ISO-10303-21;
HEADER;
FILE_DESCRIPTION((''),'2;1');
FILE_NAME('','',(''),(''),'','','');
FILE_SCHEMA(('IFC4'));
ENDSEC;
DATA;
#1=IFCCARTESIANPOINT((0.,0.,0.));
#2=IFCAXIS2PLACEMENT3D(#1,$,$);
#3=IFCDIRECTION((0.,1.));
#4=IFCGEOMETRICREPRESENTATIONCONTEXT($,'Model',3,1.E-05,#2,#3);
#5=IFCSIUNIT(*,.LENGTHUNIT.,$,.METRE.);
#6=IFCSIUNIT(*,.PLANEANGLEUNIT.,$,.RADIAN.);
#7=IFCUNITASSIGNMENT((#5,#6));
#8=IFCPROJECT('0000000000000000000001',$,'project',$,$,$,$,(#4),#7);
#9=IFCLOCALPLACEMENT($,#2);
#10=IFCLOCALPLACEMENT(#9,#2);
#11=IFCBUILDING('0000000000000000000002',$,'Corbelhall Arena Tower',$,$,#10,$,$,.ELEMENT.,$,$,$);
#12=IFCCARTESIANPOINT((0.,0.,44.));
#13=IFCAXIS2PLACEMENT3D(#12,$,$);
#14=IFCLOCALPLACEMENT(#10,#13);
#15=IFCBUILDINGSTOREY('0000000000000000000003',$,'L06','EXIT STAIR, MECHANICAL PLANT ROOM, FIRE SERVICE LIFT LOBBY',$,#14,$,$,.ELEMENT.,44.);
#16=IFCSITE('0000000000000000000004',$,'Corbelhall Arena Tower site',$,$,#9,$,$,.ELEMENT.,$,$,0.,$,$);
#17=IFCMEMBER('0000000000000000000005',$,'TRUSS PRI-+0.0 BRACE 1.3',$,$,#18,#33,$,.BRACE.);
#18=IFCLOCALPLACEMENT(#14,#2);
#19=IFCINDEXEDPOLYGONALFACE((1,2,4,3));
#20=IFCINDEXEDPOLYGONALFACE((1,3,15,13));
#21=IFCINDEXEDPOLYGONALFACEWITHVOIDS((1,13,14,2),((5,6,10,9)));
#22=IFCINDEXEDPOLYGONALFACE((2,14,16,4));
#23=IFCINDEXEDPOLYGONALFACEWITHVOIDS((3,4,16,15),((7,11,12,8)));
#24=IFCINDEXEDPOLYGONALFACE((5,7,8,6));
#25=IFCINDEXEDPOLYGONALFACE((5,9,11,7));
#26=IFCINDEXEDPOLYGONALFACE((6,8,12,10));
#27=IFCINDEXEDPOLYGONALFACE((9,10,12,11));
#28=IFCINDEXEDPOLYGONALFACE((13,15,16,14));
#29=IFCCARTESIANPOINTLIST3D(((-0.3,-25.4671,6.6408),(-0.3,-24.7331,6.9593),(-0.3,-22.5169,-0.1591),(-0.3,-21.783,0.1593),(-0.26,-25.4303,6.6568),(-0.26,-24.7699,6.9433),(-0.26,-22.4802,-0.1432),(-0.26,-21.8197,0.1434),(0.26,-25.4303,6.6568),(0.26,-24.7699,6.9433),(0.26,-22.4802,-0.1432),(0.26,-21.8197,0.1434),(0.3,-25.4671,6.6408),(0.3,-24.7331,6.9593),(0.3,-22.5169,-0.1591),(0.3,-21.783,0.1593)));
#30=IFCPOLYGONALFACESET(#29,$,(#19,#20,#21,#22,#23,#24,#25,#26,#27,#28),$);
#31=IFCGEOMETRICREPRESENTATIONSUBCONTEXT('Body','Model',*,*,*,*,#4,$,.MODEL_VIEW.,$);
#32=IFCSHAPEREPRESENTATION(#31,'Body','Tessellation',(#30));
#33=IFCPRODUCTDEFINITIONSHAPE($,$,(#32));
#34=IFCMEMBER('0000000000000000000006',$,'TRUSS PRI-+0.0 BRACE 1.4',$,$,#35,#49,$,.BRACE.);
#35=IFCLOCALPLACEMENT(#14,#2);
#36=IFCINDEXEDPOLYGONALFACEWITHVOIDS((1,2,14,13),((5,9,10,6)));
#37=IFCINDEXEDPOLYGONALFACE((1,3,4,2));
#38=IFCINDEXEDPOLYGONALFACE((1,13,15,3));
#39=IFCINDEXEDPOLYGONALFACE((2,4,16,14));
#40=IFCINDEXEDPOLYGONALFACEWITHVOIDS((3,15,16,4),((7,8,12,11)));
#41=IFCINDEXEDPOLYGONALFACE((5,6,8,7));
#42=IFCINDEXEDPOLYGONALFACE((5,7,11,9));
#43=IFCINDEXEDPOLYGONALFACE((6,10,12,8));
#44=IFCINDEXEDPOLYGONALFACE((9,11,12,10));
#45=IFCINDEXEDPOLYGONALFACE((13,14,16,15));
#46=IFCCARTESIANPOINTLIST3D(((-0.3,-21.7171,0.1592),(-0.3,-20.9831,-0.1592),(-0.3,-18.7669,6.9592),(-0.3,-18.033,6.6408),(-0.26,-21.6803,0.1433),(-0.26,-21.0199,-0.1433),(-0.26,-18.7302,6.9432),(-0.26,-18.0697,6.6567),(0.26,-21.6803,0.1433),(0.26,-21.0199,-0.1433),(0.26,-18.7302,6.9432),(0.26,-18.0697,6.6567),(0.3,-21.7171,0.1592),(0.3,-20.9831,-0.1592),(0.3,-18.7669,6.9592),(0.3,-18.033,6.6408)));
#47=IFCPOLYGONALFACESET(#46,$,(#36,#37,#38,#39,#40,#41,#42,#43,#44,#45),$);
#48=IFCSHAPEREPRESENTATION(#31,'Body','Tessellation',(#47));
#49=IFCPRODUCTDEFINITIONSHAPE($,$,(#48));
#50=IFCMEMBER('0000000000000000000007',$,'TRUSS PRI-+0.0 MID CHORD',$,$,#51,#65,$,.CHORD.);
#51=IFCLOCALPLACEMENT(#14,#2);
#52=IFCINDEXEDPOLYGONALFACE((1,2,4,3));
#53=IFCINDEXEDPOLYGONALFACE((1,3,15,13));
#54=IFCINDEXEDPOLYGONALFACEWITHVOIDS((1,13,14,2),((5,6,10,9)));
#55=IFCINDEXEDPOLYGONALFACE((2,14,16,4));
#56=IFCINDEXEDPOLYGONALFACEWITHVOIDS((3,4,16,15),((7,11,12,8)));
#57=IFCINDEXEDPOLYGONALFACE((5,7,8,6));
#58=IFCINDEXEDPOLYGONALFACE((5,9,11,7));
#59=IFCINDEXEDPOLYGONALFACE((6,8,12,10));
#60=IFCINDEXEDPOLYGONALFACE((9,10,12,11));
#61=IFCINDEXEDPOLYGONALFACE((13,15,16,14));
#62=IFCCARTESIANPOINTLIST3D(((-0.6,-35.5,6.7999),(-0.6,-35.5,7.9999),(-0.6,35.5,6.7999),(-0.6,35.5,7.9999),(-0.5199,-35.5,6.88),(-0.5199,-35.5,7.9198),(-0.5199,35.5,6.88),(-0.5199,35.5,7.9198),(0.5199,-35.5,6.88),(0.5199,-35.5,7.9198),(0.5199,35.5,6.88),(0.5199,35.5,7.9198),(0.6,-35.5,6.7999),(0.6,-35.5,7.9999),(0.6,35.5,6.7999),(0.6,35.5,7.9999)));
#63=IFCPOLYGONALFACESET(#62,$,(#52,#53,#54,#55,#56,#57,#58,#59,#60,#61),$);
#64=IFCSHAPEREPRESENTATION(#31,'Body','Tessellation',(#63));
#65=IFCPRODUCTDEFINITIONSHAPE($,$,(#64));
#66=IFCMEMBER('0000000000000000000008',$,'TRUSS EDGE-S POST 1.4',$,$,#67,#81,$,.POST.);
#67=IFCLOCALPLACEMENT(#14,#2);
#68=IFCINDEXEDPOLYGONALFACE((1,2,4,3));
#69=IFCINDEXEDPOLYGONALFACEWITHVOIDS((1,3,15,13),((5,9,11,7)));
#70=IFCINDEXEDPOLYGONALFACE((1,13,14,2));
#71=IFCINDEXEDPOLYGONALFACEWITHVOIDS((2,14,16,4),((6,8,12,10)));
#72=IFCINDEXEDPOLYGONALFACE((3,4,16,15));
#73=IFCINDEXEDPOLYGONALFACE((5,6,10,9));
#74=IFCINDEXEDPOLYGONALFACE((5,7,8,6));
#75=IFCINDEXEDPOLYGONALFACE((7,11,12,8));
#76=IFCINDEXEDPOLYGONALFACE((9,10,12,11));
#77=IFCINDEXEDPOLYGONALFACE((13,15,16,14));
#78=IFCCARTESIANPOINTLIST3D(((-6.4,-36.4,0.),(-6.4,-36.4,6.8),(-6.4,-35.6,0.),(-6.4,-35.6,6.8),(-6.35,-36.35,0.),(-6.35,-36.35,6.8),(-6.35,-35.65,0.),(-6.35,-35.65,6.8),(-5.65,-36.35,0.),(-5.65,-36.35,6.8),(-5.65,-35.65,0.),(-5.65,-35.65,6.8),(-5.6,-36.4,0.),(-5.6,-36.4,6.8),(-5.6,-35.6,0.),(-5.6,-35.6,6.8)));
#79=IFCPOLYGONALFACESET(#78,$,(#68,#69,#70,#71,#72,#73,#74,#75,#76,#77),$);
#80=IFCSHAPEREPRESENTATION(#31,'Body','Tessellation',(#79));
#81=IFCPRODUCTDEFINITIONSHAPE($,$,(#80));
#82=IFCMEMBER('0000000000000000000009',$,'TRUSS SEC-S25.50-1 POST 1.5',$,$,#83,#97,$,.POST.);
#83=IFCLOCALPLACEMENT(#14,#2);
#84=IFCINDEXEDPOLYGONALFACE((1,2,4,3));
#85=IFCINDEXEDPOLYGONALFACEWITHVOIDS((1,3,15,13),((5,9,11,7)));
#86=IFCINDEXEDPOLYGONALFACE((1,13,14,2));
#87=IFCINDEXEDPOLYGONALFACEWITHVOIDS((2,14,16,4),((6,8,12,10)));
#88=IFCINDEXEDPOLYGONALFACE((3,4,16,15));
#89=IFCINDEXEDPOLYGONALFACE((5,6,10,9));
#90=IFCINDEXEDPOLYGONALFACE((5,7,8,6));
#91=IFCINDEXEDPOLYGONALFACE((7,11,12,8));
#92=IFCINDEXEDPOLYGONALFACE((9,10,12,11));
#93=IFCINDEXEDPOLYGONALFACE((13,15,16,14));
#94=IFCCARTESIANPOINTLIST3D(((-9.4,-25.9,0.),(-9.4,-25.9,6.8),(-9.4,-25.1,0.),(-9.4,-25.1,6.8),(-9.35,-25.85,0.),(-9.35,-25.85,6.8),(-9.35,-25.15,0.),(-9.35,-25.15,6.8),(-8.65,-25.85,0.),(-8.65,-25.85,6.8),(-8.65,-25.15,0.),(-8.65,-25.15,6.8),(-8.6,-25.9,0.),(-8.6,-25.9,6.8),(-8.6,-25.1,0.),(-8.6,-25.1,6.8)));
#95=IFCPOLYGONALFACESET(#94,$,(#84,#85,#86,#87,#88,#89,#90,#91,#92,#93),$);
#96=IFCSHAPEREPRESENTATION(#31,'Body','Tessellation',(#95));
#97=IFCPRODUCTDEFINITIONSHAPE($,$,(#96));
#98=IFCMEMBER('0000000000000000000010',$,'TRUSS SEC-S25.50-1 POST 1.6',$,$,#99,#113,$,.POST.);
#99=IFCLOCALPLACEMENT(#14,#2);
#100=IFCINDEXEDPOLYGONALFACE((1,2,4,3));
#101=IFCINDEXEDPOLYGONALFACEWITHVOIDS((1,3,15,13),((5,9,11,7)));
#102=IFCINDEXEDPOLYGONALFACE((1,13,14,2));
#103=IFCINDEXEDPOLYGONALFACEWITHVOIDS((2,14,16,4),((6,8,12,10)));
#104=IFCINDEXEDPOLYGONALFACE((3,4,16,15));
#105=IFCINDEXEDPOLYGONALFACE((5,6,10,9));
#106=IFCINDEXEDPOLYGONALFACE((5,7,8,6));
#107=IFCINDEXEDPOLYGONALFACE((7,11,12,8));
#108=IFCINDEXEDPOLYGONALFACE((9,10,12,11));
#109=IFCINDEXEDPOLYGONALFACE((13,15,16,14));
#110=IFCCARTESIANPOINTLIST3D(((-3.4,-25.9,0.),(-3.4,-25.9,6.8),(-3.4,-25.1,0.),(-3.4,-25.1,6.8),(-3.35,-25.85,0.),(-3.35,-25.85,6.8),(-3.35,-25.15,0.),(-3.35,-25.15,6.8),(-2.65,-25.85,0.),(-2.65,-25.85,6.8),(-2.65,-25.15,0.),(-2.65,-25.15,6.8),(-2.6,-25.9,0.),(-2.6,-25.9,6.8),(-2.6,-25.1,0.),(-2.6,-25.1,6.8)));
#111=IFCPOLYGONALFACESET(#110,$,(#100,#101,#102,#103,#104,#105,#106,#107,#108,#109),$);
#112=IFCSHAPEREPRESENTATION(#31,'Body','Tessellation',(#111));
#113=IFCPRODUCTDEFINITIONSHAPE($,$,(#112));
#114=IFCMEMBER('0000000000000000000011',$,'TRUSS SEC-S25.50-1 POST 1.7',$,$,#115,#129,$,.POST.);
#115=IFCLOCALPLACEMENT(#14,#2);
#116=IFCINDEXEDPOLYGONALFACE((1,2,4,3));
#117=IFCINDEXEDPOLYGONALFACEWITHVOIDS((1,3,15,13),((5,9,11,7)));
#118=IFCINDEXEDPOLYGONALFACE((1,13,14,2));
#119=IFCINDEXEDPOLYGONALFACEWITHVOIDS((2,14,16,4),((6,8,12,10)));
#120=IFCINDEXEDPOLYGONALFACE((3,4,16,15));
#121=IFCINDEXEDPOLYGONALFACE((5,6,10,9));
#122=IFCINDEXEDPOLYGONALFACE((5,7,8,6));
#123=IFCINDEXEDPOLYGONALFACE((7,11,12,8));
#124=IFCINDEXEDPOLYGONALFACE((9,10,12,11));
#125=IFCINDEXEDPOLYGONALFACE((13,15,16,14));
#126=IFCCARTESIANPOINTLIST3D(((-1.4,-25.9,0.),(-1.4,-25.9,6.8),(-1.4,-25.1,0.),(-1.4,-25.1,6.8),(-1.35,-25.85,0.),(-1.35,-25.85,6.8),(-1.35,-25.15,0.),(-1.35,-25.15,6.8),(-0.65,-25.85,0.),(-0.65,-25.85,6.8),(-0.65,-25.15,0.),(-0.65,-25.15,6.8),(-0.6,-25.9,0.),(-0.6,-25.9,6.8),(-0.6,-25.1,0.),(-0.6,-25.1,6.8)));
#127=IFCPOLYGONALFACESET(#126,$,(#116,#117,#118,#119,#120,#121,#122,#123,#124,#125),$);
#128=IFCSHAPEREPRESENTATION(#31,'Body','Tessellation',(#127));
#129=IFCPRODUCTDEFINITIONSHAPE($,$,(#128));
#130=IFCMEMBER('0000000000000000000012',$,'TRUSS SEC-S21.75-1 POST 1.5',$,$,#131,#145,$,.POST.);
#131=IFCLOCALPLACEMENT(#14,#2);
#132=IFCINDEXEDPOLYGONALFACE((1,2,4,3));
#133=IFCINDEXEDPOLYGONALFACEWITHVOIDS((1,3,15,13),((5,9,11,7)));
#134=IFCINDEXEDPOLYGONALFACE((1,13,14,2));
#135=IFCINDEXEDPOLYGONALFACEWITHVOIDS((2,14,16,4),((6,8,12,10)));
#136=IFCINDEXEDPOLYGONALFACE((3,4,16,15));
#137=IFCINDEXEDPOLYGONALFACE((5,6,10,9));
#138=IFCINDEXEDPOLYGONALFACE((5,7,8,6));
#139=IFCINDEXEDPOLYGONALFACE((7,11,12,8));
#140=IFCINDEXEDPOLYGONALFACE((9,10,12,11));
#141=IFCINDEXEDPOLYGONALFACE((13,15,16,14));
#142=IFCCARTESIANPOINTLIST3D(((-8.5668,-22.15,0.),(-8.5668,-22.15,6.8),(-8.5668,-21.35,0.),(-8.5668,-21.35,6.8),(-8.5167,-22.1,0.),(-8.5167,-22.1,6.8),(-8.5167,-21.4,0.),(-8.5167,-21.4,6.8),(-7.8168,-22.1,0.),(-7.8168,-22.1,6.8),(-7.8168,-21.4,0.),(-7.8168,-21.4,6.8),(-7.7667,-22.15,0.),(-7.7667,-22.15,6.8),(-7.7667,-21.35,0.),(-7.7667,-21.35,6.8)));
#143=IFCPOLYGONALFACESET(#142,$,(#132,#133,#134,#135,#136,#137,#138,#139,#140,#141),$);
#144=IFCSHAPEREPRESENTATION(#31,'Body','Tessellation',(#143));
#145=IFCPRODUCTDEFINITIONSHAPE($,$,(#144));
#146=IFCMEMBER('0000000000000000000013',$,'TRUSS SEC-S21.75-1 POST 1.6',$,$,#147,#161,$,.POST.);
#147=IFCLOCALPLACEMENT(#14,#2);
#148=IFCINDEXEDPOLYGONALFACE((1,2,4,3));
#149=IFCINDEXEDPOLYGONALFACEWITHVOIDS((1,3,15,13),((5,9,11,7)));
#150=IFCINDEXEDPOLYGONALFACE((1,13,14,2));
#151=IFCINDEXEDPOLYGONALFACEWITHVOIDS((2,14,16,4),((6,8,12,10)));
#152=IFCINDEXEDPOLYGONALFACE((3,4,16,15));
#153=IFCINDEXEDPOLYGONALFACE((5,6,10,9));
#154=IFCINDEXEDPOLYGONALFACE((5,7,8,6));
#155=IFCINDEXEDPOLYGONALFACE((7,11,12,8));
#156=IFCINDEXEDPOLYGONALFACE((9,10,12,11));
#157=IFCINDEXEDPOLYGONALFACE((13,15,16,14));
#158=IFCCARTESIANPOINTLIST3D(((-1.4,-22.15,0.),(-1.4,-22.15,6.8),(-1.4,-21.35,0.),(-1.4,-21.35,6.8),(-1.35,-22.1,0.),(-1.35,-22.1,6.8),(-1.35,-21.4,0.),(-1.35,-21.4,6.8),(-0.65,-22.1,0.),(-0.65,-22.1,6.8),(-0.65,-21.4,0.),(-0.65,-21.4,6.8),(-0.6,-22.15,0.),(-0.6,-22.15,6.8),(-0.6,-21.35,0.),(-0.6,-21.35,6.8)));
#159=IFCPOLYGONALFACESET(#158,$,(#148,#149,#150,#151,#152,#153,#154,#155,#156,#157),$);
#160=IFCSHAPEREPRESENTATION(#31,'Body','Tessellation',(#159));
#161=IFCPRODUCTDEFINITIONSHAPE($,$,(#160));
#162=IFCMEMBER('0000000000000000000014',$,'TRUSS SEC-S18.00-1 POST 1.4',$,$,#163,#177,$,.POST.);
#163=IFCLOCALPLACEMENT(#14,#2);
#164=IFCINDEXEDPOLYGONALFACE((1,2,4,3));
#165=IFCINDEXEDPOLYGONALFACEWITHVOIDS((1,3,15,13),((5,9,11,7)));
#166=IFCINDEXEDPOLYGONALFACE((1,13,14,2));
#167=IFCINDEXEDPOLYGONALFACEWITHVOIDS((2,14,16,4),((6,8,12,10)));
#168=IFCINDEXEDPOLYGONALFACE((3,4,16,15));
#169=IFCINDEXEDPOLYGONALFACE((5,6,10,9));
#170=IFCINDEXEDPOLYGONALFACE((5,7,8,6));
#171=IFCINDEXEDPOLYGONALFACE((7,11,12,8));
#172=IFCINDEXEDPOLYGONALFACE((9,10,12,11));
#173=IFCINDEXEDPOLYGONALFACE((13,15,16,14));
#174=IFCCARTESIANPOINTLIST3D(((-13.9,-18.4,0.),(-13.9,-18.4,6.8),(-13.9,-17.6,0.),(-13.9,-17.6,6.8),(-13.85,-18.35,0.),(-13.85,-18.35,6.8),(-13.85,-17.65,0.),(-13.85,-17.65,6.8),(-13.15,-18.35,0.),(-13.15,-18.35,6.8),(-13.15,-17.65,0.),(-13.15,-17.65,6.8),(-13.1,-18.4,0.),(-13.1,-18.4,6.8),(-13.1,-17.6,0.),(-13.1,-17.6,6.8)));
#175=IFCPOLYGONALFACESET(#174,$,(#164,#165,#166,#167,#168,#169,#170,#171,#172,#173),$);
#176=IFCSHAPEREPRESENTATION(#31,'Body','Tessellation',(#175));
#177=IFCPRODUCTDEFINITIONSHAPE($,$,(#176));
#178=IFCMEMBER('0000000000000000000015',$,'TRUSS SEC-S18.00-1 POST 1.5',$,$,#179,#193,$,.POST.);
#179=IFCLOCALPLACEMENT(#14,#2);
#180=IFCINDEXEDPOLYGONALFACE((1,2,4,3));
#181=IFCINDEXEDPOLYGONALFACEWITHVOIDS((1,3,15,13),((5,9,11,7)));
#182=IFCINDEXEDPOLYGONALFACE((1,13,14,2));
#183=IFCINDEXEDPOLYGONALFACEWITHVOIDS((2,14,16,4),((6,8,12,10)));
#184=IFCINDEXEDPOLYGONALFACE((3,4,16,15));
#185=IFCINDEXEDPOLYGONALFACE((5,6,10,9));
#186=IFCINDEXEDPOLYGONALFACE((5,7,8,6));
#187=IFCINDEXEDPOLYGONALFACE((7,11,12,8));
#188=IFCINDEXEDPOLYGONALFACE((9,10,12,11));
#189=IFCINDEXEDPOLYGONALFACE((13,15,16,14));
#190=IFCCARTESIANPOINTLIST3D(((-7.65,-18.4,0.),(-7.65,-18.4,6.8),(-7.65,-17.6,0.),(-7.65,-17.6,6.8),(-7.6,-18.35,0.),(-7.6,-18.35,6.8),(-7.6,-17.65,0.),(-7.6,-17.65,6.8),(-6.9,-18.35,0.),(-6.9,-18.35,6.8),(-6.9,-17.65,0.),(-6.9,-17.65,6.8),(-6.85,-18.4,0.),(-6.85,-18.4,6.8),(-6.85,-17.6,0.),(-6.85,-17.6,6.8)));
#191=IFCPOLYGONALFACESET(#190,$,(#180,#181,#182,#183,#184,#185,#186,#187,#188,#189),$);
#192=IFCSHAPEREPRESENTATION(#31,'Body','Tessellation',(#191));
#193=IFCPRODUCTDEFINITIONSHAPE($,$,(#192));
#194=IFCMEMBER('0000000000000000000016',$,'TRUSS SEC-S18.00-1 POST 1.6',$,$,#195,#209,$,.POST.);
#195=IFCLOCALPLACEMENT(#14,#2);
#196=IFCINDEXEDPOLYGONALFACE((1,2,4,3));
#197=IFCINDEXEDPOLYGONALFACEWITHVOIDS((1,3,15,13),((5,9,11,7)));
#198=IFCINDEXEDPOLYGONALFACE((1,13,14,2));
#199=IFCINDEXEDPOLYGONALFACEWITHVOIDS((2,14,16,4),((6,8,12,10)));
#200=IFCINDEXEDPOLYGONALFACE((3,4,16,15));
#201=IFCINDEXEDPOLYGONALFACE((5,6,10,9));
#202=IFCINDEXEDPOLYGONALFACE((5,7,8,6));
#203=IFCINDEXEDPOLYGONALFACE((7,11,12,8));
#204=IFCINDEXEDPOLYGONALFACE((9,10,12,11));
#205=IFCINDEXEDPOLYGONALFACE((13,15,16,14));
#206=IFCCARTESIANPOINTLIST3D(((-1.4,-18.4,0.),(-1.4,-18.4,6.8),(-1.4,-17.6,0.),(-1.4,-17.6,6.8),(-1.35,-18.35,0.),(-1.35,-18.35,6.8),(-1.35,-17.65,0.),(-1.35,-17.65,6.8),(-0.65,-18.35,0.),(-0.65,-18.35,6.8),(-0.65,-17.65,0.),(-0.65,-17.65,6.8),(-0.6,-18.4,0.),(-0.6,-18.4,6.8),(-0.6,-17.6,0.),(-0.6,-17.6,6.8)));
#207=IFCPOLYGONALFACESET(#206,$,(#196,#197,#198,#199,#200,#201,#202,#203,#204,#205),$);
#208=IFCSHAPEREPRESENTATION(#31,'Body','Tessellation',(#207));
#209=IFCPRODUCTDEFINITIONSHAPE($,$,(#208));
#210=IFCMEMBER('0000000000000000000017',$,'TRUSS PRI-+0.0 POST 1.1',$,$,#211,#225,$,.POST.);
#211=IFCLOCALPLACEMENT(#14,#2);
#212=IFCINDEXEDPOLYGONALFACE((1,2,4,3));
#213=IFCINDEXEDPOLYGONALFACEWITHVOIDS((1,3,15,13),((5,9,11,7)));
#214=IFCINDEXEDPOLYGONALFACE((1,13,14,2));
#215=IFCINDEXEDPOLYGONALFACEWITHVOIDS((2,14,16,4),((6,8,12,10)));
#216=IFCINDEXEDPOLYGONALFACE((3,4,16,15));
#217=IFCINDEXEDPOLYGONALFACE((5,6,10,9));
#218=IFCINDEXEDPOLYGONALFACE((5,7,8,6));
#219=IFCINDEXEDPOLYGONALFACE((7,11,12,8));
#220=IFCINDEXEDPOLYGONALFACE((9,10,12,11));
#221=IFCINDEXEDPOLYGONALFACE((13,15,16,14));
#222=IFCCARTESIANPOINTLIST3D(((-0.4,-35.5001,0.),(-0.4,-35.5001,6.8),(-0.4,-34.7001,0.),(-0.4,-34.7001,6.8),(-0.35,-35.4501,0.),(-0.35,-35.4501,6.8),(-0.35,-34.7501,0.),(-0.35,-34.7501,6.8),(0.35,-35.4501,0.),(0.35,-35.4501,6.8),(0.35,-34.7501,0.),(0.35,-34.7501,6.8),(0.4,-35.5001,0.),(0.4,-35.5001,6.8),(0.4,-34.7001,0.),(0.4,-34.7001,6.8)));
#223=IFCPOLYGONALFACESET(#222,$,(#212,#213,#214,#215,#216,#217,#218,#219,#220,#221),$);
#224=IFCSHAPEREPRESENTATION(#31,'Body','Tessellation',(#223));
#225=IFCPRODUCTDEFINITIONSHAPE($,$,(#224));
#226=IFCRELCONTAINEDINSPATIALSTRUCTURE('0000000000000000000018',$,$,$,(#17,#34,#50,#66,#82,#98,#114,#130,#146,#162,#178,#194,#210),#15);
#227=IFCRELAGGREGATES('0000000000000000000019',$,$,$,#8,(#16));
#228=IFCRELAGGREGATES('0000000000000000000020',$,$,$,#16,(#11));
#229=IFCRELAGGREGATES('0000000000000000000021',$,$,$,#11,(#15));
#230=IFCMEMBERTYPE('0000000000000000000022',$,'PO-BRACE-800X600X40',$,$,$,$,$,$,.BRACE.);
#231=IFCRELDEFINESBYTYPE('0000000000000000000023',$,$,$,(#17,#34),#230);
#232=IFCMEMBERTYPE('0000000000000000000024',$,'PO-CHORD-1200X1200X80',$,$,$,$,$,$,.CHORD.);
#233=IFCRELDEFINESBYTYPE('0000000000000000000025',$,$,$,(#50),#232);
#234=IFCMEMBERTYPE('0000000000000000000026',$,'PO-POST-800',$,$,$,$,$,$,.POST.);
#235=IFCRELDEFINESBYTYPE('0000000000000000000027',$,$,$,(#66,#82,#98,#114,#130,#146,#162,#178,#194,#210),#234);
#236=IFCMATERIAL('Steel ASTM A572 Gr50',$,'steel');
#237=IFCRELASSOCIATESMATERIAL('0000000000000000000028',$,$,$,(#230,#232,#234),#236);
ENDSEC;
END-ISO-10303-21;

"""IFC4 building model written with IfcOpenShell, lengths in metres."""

from ifc_helpers import new_model, si_unit, direction, frame, origin, origin_2d, place, context, subcontext, project, spatial, hollow_rectangle, extrude, material, material_profile, profile_set, type_object, element, save


model = new_model("IFC4")

# Units and contexts
model_context = context("Model", 3, precision=1e-05, world=origin(), true_north=direction((0.0, 1.0)))
body_context = subcontext(model_context, "Body", "Model", "MODEL_VIEW")
ifc_project = project(units=[si_unit("LENGTHUNIT", "METRE"), si_unit("PLANEANGLEUNIT", "RADIAN")], contexts=[model_context])

# Site, building, storey
site_placement = place(None, origin())
site = spatial("IfcSite", under=ifc_project, at=site_placement, Name="Corbelhall Arena Tower site", CompositionType="ELEMENT", RefElevation=0.0)
building_placement = place(site_placement, origin())
building = spatial("IfcBuilding", under=site, at=building_placement, Name="Corbelhall Arena Tower", CompositionType="ELEMENT")
storey_placement = place(building_placement, frame((0.0, 0.0, 44.0)))
storey = spatial("IfcBuildingStorey", under=building, at=storey_placement, Name="L06", Description="EXIT STAIR, MECHANICAL PLANT ROOM, FIRE SERVICE LIFT LOBBY", CompositionType="ELEMENT", Elevation=44.0)

# Members
ifc_material_1 = material(Name="Steel ASTM A572 Gr50", Category="steel")
ifc_material_profile_1 = material_profile(ifc_material_1, hollow_rectangle(XDim=0.6001, YDim=0.8, WallThickness=0.04, at=origin_2d()))
ifc_profile_set_1 = profile_set([ifc_material_profile_1], Name="Steel ASTM A572 Gr50")
member_type_1 = type_object("IfcMemberType", Name="PO-BRACE-800X600X40", PredefinedType="BRACE", material=ifc_profile_set_1)
for number, where, z_axis, x_axis, name in (
    (1, (0.0, -25.1001, 6.8), (0.0, 0.398006, -0.917383), (-1.0, 0.0, 0.0), "TRUSS PRI-+0.0 BRACE 1.3"),
    (2, (0.0, -21.3501, 0.0), (0.0, 0.398006, 0.917383), (-1.0, 0.0, 0.0), "TRUSS PRI-+0.0 BRACE 1.4"),
):
    element("IfcMember", number, at=place(storey_placement, frame(where, z_axis=z_axis, x_axis=x_axis)), inside=storey, type_object=member_type_1, Name=name, PredefinedType="BRACE", context=body_context, shape_type="SweptSolid", body=[
        extrude(hollow_rectangle(XDim=0.6001, YDim=0.8, WallThickness=0.04, at=origin_2d()), origin(), (0.0, 0.0, 1.0), 7.4124),
    ])
ifc_material_profile_2 = material_profile(ifc_material_1, hollow_rectangle(XDim=1.2, YDim=1.2, WallThickness=0.0801, at=origin_2d()))
ifc_profile_set_2 = profile_set([ifc_material_profile_2], Name="Steel ASTM A572 Gr50")
member_type_2 = type_object("IfcMemberType", Name="PO-CHORD-1200X1200X80", PredefinedType="CHORD", material=ifc_profile_set_2)
member_1_placement = place(storey_placement, frame((0.0, -35.5, 7.3999), z_axis=(0.0, 1.0, 0.0), x_axis=(-1.0, 0.0, 0.0)))
element("IfcMember", 3, at=member_1_placement, inside=storey, type_object=member_type_2, Name="TRUSS PRI-+0.0 MID CHORD", PredefinedType="CHORD", context=body_context, shape_type="SweptSolid", body=[
    extrude(hollow_rectangle(XDim=1.2, YDim=1.2, WallThickness=0.0801, at=origin_2d()), origin(), (0.0, 0.0, 1.0), 71.0),
])
ifc_material_profile_3 = material_profile(ifc_material_1, hollow_rectangle(XDim=0.8, YDim=0.8, WallThickness=0.05, at=origin_2d()))
ifc_profile_set_3 = profile_set([ifc_material_profile_3], Name="Steel ASTM A572 Gr50")
member_type_3 = type_object("IfcMemberType", Name="PO-POST-800", PredefinedType="POST", material=ifc_profile_set_3)
for number, where, z_axis, x_axis, name in (
    (4, (-6.0, -36.0, 0.0), (0.0, 0.0, 1.0), (1.0, 0.0, 0.0), "TRUSS EDGE-S POST 1.4"),
    (5, (-9.0, -25.5, 0.0), (0.0, 0.0, 1.0), (1.0, 0.0, 0.0), "TRUSS SEC-S25.50-1 POST 1.5"),
    (6, (-3.0, -25.5, 0.0), (0.0, 0.0, 1.0), (1.0, 0.0, 0.0), "TRUSS SEC-S25.50-1 POST 1.6"),
    (7, (-1.0, -25.5, 0.0), (0.0, 0.0, 1.0), (1.0, 0.0, 0.0), "TRUSS SEC-S25.50-1 POST 1.7"),
    (8, (-8.1667, -21.75, 0.0), (0.0, 0.0, 1.0), (1.0, 0.0, 0.0), "TRUSS SEC-S21.75-1 POST 1.5"),
    (9, (-1.0, -21.75, 0.0), (0.0, 0.0, 1.0), (1.0, 0.0, 0.0), "TRUSS SEC-S21.75-1 POST 1.6"),
    (10, (-13.5, -18.0, 0.0), (0.0, 0.0, 1.0), (1.0, 0.0, 0.0), "TRUSS SEC-S18.00-1 POST 1.4"),
    (11, (-7.25, -18.0, 0.0), (0.0, 0.0, 1.0), (1.0, 0.0, 0.0), "TRUSS SEC-S18.00-1 POST 1.5"),
    (12, (-1.0, -18.0, 0.0), (0.0, 0.0, 1.0), (1.0, 0.0, 0.0), "TRUSS SEC-S18.00-1 POST 1.6"),
    (13, (0.0, -35.1001, 0.0), (0.0, 0.0, 1.0), (1.0, 0.0, 0.0), "TRUSS PRI-+0.0 POST 1.1"),
):
    element("IfcMember", number, at=place(storey_placement, frame(where, z_axis=z_axis, x_axis=x_axis)), inside=storey, type_object=member_type_3, Name=name, PredefinedType="POST", context=body_context, shape_type="SweptSolid", body=[
        extrude(hollow_rectangle(XDim=0.8, YDim=0.8, WallThickness=0.05, at=origin_2d()), origin(), (0.0, 0.0, 1.0), 6.8),
    ])

save(model, "model.ifc")
